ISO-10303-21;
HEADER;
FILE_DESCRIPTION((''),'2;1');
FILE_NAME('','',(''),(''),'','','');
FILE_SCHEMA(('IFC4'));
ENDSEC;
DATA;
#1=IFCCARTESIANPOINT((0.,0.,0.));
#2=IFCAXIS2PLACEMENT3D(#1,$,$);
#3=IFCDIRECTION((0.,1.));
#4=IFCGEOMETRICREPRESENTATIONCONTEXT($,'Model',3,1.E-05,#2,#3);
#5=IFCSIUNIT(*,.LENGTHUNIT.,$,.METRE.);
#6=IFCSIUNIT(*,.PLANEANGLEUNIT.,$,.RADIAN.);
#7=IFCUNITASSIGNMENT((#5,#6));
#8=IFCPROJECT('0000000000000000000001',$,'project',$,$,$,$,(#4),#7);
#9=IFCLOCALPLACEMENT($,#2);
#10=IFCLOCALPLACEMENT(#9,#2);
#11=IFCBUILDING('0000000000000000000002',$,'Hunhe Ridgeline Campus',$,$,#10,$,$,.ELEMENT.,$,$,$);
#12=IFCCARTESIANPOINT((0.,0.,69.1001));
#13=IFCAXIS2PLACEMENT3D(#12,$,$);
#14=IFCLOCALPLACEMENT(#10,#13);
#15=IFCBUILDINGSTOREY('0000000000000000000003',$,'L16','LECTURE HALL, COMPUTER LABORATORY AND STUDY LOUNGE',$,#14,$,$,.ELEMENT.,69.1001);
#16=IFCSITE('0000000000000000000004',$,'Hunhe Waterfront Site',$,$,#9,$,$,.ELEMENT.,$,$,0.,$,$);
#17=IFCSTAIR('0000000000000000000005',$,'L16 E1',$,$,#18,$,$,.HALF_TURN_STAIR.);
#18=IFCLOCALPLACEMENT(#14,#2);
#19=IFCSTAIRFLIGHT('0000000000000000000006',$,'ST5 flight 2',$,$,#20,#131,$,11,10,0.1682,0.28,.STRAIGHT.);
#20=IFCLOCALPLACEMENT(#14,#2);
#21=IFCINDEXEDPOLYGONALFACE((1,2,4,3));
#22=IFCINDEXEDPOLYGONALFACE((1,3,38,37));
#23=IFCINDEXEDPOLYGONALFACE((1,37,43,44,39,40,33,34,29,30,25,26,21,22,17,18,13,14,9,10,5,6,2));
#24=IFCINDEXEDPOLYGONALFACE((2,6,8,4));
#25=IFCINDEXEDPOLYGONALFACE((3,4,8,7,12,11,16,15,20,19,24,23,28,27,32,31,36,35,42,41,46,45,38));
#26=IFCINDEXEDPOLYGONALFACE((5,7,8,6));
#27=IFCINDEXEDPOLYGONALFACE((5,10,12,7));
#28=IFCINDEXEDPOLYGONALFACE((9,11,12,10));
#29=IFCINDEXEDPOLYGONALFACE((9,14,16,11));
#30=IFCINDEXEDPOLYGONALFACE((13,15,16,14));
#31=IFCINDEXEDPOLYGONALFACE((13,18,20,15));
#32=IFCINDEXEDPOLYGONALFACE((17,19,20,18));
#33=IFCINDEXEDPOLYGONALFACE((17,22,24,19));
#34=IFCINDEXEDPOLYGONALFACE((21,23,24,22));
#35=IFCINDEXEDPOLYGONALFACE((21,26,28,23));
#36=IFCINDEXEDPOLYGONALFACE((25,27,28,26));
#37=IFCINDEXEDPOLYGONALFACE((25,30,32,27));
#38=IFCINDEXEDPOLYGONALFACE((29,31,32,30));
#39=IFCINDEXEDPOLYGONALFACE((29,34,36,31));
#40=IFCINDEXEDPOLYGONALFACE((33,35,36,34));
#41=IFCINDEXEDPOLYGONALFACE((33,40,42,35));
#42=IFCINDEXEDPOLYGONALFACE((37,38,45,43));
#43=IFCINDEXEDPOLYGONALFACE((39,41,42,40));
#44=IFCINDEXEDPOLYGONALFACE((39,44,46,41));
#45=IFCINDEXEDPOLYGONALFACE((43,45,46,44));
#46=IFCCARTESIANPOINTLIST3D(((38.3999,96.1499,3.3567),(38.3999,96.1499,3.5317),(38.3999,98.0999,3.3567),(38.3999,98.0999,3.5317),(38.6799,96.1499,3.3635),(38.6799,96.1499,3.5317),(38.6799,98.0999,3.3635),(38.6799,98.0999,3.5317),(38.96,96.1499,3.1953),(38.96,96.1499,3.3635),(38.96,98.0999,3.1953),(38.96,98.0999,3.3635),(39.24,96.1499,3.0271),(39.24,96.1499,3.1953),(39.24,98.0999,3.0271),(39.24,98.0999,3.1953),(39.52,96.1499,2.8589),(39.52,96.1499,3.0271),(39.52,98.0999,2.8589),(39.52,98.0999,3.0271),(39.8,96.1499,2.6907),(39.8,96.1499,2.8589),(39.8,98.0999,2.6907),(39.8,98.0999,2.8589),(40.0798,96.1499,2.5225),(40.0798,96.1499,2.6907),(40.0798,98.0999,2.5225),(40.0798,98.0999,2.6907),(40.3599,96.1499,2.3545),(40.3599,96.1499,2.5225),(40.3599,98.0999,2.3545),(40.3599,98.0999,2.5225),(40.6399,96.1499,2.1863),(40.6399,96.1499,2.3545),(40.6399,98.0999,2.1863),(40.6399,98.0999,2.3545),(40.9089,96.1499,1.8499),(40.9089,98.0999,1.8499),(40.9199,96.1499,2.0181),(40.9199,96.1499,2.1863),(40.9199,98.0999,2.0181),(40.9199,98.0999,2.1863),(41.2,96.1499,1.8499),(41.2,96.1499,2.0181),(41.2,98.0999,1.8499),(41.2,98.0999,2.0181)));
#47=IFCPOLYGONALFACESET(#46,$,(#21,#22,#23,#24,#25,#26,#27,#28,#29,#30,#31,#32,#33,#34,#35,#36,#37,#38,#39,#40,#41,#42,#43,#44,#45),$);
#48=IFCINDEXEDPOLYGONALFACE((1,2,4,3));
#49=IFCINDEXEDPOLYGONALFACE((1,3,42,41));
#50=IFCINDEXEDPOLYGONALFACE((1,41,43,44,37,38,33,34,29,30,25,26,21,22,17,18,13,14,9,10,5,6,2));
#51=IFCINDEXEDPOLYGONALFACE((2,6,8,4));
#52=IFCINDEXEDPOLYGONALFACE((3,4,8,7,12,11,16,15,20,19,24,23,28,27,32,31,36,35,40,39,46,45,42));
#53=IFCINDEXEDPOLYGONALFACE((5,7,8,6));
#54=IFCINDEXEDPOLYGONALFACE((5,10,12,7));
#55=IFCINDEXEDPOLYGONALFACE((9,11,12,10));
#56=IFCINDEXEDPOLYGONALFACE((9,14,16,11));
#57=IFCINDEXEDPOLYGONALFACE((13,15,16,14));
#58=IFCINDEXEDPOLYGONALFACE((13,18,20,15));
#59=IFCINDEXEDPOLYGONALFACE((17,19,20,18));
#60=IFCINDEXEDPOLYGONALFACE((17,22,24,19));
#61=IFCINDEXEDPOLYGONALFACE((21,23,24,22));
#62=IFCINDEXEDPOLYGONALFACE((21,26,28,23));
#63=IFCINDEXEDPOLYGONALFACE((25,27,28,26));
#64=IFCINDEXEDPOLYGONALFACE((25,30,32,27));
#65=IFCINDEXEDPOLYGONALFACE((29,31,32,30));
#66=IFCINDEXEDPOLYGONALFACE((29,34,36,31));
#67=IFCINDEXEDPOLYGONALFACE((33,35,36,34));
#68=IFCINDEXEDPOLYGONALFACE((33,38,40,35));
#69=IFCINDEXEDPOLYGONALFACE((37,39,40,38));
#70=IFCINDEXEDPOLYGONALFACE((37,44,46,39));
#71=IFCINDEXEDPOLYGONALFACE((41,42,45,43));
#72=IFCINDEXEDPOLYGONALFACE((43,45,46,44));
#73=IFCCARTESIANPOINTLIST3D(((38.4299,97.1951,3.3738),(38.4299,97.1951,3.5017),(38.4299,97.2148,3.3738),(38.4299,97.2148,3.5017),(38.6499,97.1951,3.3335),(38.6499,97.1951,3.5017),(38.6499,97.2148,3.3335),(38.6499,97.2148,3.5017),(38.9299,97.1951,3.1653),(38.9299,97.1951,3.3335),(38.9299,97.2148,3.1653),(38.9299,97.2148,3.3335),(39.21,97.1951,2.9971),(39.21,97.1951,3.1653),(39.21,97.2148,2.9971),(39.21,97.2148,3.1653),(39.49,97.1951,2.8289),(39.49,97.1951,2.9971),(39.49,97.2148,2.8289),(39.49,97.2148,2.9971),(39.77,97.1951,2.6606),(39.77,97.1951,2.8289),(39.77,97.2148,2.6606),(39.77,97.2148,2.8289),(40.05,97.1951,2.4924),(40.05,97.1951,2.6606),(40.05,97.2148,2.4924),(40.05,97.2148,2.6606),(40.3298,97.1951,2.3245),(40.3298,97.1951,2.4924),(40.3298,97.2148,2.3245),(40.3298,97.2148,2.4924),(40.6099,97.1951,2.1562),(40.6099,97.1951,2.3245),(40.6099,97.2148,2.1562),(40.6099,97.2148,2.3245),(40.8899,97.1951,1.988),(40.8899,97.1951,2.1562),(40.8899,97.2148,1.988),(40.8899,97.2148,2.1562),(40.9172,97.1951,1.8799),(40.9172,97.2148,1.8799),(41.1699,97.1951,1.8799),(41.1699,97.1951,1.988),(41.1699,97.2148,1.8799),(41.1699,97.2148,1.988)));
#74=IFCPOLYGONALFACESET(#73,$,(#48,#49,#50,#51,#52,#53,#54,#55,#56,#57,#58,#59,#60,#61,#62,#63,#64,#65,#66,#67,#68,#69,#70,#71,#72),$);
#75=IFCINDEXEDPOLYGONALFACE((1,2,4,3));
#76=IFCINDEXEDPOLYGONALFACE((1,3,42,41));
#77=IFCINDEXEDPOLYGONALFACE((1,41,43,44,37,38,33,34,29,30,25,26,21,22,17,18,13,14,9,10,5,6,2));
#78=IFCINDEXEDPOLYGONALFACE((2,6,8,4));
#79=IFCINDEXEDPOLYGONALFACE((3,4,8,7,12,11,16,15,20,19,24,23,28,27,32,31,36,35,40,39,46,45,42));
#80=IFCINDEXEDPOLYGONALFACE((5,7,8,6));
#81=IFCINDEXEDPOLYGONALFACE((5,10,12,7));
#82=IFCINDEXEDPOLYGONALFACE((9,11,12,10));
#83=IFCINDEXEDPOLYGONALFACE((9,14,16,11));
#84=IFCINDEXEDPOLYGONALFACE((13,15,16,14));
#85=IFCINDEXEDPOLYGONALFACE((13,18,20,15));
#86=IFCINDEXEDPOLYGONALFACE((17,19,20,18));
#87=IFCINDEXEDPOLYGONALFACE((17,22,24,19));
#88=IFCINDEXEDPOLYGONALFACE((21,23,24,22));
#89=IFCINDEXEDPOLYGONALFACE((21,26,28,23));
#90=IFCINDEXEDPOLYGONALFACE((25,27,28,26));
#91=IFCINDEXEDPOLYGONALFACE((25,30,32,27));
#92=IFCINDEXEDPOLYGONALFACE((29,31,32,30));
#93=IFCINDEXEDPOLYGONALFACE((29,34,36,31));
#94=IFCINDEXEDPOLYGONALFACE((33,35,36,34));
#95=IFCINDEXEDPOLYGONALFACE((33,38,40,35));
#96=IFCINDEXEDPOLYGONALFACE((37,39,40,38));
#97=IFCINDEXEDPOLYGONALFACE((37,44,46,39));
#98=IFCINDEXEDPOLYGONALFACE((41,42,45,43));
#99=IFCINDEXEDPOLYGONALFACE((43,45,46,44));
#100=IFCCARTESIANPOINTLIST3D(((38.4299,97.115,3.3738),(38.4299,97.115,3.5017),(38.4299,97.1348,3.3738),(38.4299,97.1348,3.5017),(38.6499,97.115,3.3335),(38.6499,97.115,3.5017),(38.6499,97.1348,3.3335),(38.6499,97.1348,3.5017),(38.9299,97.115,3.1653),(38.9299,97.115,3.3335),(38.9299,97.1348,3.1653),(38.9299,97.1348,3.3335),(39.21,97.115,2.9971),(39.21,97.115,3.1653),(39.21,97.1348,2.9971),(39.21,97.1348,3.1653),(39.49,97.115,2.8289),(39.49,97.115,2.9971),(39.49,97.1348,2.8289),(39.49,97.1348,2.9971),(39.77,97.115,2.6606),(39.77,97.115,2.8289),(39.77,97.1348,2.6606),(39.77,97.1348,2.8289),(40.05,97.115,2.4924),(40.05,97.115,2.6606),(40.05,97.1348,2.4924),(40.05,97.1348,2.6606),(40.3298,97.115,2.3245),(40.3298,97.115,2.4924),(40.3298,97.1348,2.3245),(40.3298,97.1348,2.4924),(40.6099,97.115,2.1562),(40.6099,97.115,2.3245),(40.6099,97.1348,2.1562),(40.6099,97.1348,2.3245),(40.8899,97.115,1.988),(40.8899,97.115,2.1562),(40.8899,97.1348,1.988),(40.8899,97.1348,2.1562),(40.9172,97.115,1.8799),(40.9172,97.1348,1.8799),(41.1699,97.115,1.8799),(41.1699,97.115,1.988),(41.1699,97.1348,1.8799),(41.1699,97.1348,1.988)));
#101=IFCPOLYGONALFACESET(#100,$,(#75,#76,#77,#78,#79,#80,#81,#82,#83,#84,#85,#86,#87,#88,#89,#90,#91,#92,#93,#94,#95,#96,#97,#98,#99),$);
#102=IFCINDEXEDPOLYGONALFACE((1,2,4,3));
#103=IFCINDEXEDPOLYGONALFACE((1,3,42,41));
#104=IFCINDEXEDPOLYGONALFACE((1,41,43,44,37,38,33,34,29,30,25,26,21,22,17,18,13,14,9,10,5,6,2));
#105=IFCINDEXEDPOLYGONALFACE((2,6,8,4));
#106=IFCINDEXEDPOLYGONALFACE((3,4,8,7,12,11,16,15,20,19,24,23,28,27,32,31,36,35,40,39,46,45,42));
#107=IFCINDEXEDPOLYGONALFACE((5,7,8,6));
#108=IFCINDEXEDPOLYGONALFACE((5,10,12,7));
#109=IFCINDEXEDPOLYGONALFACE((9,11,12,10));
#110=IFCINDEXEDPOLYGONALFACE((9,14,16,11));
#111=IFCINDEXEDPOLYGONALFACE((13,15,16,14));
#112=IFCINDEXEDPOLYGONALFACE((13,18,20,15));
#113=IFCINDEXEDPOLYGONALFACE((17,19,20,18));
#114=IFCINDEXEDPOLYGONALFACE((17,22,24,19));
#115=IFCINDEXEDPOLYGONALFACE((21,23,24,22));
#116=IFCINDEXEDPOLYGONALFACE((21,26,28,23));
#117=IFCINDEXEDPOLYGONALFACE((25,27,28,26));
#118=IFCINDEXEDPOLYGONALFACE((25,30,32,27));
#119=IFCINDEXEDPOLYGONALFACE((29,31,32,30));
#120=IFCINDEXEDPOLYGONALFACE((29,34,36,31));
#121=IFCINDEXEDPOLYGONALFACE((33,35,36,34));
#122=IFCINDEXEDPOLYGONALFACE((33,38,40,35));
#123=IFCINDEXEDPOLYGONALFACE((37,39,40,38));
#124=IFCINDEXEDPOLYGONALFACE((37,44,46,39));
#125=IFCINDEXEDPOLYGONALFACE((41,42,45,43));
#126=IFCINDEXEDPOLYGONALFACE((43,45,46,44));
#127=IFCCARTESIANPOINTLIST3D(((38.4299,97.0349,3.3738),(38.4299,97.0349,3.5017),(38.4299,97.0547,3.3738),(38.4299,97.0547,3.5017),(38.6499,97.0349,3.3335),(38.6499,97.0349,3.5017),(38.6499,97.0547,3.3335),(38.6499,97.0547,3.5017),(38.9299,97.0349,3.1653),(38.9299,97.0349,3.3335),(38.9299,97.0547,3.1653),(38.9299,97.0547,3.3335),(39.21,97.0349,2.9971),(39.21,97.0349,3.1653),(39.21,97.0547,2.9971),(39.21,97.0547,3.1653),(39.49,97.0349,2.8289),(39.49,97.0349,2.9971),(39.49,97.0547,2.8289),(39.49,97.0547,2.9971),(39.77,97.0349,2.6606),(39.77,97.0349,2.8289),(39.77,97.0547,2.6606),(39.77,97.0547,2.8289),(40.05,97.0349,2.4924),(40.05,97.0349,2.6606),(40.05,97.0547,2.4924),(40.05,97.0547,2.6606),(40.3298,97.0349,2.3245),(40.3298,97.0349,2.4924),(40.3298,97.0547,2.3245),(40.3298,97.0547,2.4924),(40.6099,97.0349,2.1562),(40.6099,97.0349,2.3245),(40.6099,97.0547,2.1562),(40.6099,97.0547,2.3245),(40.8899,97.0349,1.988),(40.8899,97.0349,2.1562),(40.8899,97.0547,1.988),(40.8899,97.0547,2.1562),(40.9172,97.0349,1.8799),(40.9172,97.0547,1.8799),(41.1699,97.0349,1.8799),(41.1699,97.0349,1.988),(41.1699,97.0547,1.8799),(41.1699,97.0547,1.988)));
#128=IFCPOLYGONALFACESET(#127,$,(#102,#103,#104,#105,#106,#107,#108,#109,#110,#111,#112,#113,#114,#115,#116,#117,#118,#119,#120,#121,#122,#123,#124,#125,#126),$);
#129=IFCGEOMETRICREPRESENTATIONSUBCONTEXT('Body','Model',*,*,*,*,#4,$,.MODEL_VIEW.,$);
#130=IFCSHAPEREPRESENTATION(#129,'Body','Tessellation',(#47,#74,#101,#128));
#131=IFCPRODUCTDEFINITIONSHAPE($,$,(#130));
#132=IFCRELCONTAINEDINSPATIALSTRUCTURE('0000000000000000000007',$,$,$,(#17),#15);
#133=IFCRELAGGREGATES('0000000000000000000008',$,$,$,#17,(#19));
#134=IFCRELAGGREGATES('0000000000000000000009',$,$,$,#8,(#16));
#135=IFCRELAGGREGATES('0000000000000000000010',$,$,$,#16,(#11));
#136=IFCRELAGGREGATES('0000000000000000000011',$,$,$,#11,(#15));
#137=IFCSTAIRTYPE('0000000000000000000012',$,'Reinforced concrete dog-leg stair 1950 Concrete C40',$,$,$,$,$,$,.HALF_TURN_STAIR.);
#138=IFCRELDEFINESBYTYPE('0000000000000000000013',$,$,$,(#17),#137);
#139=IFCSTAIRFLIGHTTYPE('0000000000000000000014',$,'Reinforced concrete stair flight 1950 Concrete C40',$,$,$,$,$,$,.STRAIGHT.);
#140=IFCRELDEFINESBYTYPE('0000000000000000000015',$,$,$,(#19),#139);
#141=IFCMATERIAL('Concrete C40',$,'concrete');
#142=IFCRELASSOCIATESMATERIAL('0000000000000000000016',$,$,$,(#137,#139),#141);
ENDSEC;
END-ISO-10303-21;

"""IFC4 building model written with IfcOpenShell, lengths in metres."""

from ifc_helpers import new_model, si_unit, direction, frame, origin, place, context, subcontext, project, spatial, polyline, outline, extrude, material, type_object, element, aggregate, save


model = new_model("IFC4")

# Units and contexts
model_context = context("Model", 3, precision=1e-05, world=origin(), true_north=direction((0.0, 1.0)))
body_context = subcontext(model_context, "Body", "Model", "MODEL_VIEW")
ifc_project = project(units=[si_unit("LENGTHUNIT", "METRE"), si_unit("PLANEANGLEUNIT", "RADIAN")], contexts=[model_context])

# Site, building, storey
site_placement = place(None, origin())
site = spatial("IfcSite", under=ifc_project, at=site_placement, Name="Hunhe Waterfront Site", CompositionType="ELEMENT", RefElevation=0.0)
building_placement = place(site_placement, origin())
building = spatial("IfcBuilding", under=site, at=building_placement, Name="Hunhe Ridgeline Campus", CompositionType="ELEMENT")
storey_placement = place(building_placement, frame((0.0, 0.0, 69.1001)))
storey = spatial("IfcBuildingStorey", under=building, at=storey_placement, Name="L16", Description="LECTURE HALL, COMPUTER LABORATORY AND STUDY LOUNGE", CompositionType="ELEMENT", Elevation=69.1001)

# Stair, stair flight
ifc_material_1 = material(Name="Concrete C40", Category="concrete")
stair_type = type_object("IfcStairType", Name="Reinforced concrete dog-leg stair 1950 Concrete C40", PredefinedType="HALF_TURN_STAIR", material=ifc_material_1)
stair_1_placement = place(storey_placement, origin())
stair_1 = element("IfcStair", 1, at=stair_1_placement, inside=storey, type_object=stair_type, Name="L16 E1", PredefinedType="HALF_TURN_STAIR")
stair_flight_type = type_object("IfcStairFlightType", Name="Reinforced concrete stair flight 1950 Concrete C40", PredefinedType="STRAIGHT", material=ifc_material_1)
stair_flight_1_placement = place(storey_placement, frame((41.2, 97.125, 1.8499), z_axis=(0.0, 0.0, 1.0), x_axis=(-1.0, 0.0, 0.0)))
stair_flight_1 = element("IfcStairFlight", 2, at=stair_flight_1_placement, type_object=stair_flight_type, Name="ST5 flight 2", NumberOfRisers=11, NumberOfTreads=10, PredefinedType="STRAIGHT", RiserHeight=0.1682, TreadLength=0.28, context=body_context, shape_type="SweptSolid", body=[
    extrude(outline(polyline([(0.0, 0.0), (0.0, 0.1682), (0.28, 0.1682), (0.28, 0.3364), (0.5601, 0.3364), (0.5601, 0.5046), (0.8401, 0.5046), (0.8401, 0.6726), (1.1201, 0.6726), (1.1201, 0.8408), (1.3999, 0.8408), (1.3999, 1.009), (1.6799, 1.009), (1.6799, 1.1772), (1.96, 1.1772), (1.96, 1.3455), (2.24, 1.3455), (2.24, 1.5137), (2.52, 1.5137), (2.52, 1.6819), (2.8, 1.6819), (2.8, 1.8501), (2.8, 1.5068), (0.291, 0.0), (0.0, 0.0)])), frame((0.0, 0.9751, 0.0), z_axis=(0.0, -1.0, 0.0), x_axis=(1.0, 0.0, 0.0)), (0.0, 0.0, 1.0), 1.95),
    extrude(outline(polyline([(0.03, 0.03), (0.03, 0.1382), (0.3101, 0.1382), (0.3101, 0.3064), (0.5901, 0.3064), (0.5901, 0.4746), (0.8701, 0.4746), (0.8701, 0.6426), (1.1499, 0.6426), (1.1499, 0.8108), (1.4299, 0.8108), (1.4299, 0.979), (1.71, 0.979), (1.71, 1.1472), (1.99, 1.1472), (1.99, 1.3154), (2.27, 1.3154), (2.27, 1.4836), (2.55, 1.4836), (2.55, 1.6519), (2.77, 1.6519), (2.77, 1.5239), (0.2827, 0.03), (0.03, 0.03)])), frame((0.0, -0.0701, 0.0), z_axis=(0.0, -1.0, 0.0), x_axis=(1.0, 0.0, 0.0)), (0.0, 0.0, 1.0), 0.0198),
    extrude(outline(polyline([(0.03, 0.03), (0.03, 0.1382), (0.3101, 0.1382), (0.3101, 0.3064), (0.5901, 0.3064), (0.5901, 0.4746), (0.8701, 0.4746), (0.8701, 0.6426), (1.1499, 0.6426), (1.1499, 0.8108), (1.4299, 0.8108), (1.4299, 0.979), (1.71, 0.979), (1.71, 1.1472), (1.99, 1.1472), (1.99, 1.3154), (2.27, 1.3154), (2.27, 1.4836), (2.55, 1.4836), (2.55, 1.6519), (2.77, 1.6519), (2.77, 1.5239), (0.2827, 0.03), (0.03, 0.03)])), frame((0.0, 0.01, 0.0), z_axis=(0.0, -1.0, 0.0), x_axis=(1.0, 0.0, 0.0)), (0.0, 0.0, 1.0), 0.0198),
    extrude(outline(polyline([(0.03, 0.03), (0.03, 0.1382), (0.3101, 0.1382), (0.3101, 0.3064), (0.5901, 0.3064), (0.5901, 0.4746), (0.8701, 0.4746), (0.8701, 0.6426), (1.1499, 0.6426), (1.1499, 0.8108), (1.4299, 0.8108), (1.4299, 0.979), (1.71, 0.979), (1.71, 1.1472), (1.99, 1.1472), (1.99, 1.3154), (2.27, 1.3154), (2.27, 1.4836), (2.55, 1.4836), (2.55, 1.6519), (2.77, 1.6519), (2.77, 1.5239), (0.2827, 0.03), (0.03, 0.03)])), frame((0.0, 0.0901, 0.0), z_axis=(0.0, -1.0, 0.0), x_axis=(1.0, 0.0, 0.0)), (0.0, 0.0, 1.0), 0.0198),
])
aggregate(stair_1, [stair_flight_1])

save(model, "model.ifc")
